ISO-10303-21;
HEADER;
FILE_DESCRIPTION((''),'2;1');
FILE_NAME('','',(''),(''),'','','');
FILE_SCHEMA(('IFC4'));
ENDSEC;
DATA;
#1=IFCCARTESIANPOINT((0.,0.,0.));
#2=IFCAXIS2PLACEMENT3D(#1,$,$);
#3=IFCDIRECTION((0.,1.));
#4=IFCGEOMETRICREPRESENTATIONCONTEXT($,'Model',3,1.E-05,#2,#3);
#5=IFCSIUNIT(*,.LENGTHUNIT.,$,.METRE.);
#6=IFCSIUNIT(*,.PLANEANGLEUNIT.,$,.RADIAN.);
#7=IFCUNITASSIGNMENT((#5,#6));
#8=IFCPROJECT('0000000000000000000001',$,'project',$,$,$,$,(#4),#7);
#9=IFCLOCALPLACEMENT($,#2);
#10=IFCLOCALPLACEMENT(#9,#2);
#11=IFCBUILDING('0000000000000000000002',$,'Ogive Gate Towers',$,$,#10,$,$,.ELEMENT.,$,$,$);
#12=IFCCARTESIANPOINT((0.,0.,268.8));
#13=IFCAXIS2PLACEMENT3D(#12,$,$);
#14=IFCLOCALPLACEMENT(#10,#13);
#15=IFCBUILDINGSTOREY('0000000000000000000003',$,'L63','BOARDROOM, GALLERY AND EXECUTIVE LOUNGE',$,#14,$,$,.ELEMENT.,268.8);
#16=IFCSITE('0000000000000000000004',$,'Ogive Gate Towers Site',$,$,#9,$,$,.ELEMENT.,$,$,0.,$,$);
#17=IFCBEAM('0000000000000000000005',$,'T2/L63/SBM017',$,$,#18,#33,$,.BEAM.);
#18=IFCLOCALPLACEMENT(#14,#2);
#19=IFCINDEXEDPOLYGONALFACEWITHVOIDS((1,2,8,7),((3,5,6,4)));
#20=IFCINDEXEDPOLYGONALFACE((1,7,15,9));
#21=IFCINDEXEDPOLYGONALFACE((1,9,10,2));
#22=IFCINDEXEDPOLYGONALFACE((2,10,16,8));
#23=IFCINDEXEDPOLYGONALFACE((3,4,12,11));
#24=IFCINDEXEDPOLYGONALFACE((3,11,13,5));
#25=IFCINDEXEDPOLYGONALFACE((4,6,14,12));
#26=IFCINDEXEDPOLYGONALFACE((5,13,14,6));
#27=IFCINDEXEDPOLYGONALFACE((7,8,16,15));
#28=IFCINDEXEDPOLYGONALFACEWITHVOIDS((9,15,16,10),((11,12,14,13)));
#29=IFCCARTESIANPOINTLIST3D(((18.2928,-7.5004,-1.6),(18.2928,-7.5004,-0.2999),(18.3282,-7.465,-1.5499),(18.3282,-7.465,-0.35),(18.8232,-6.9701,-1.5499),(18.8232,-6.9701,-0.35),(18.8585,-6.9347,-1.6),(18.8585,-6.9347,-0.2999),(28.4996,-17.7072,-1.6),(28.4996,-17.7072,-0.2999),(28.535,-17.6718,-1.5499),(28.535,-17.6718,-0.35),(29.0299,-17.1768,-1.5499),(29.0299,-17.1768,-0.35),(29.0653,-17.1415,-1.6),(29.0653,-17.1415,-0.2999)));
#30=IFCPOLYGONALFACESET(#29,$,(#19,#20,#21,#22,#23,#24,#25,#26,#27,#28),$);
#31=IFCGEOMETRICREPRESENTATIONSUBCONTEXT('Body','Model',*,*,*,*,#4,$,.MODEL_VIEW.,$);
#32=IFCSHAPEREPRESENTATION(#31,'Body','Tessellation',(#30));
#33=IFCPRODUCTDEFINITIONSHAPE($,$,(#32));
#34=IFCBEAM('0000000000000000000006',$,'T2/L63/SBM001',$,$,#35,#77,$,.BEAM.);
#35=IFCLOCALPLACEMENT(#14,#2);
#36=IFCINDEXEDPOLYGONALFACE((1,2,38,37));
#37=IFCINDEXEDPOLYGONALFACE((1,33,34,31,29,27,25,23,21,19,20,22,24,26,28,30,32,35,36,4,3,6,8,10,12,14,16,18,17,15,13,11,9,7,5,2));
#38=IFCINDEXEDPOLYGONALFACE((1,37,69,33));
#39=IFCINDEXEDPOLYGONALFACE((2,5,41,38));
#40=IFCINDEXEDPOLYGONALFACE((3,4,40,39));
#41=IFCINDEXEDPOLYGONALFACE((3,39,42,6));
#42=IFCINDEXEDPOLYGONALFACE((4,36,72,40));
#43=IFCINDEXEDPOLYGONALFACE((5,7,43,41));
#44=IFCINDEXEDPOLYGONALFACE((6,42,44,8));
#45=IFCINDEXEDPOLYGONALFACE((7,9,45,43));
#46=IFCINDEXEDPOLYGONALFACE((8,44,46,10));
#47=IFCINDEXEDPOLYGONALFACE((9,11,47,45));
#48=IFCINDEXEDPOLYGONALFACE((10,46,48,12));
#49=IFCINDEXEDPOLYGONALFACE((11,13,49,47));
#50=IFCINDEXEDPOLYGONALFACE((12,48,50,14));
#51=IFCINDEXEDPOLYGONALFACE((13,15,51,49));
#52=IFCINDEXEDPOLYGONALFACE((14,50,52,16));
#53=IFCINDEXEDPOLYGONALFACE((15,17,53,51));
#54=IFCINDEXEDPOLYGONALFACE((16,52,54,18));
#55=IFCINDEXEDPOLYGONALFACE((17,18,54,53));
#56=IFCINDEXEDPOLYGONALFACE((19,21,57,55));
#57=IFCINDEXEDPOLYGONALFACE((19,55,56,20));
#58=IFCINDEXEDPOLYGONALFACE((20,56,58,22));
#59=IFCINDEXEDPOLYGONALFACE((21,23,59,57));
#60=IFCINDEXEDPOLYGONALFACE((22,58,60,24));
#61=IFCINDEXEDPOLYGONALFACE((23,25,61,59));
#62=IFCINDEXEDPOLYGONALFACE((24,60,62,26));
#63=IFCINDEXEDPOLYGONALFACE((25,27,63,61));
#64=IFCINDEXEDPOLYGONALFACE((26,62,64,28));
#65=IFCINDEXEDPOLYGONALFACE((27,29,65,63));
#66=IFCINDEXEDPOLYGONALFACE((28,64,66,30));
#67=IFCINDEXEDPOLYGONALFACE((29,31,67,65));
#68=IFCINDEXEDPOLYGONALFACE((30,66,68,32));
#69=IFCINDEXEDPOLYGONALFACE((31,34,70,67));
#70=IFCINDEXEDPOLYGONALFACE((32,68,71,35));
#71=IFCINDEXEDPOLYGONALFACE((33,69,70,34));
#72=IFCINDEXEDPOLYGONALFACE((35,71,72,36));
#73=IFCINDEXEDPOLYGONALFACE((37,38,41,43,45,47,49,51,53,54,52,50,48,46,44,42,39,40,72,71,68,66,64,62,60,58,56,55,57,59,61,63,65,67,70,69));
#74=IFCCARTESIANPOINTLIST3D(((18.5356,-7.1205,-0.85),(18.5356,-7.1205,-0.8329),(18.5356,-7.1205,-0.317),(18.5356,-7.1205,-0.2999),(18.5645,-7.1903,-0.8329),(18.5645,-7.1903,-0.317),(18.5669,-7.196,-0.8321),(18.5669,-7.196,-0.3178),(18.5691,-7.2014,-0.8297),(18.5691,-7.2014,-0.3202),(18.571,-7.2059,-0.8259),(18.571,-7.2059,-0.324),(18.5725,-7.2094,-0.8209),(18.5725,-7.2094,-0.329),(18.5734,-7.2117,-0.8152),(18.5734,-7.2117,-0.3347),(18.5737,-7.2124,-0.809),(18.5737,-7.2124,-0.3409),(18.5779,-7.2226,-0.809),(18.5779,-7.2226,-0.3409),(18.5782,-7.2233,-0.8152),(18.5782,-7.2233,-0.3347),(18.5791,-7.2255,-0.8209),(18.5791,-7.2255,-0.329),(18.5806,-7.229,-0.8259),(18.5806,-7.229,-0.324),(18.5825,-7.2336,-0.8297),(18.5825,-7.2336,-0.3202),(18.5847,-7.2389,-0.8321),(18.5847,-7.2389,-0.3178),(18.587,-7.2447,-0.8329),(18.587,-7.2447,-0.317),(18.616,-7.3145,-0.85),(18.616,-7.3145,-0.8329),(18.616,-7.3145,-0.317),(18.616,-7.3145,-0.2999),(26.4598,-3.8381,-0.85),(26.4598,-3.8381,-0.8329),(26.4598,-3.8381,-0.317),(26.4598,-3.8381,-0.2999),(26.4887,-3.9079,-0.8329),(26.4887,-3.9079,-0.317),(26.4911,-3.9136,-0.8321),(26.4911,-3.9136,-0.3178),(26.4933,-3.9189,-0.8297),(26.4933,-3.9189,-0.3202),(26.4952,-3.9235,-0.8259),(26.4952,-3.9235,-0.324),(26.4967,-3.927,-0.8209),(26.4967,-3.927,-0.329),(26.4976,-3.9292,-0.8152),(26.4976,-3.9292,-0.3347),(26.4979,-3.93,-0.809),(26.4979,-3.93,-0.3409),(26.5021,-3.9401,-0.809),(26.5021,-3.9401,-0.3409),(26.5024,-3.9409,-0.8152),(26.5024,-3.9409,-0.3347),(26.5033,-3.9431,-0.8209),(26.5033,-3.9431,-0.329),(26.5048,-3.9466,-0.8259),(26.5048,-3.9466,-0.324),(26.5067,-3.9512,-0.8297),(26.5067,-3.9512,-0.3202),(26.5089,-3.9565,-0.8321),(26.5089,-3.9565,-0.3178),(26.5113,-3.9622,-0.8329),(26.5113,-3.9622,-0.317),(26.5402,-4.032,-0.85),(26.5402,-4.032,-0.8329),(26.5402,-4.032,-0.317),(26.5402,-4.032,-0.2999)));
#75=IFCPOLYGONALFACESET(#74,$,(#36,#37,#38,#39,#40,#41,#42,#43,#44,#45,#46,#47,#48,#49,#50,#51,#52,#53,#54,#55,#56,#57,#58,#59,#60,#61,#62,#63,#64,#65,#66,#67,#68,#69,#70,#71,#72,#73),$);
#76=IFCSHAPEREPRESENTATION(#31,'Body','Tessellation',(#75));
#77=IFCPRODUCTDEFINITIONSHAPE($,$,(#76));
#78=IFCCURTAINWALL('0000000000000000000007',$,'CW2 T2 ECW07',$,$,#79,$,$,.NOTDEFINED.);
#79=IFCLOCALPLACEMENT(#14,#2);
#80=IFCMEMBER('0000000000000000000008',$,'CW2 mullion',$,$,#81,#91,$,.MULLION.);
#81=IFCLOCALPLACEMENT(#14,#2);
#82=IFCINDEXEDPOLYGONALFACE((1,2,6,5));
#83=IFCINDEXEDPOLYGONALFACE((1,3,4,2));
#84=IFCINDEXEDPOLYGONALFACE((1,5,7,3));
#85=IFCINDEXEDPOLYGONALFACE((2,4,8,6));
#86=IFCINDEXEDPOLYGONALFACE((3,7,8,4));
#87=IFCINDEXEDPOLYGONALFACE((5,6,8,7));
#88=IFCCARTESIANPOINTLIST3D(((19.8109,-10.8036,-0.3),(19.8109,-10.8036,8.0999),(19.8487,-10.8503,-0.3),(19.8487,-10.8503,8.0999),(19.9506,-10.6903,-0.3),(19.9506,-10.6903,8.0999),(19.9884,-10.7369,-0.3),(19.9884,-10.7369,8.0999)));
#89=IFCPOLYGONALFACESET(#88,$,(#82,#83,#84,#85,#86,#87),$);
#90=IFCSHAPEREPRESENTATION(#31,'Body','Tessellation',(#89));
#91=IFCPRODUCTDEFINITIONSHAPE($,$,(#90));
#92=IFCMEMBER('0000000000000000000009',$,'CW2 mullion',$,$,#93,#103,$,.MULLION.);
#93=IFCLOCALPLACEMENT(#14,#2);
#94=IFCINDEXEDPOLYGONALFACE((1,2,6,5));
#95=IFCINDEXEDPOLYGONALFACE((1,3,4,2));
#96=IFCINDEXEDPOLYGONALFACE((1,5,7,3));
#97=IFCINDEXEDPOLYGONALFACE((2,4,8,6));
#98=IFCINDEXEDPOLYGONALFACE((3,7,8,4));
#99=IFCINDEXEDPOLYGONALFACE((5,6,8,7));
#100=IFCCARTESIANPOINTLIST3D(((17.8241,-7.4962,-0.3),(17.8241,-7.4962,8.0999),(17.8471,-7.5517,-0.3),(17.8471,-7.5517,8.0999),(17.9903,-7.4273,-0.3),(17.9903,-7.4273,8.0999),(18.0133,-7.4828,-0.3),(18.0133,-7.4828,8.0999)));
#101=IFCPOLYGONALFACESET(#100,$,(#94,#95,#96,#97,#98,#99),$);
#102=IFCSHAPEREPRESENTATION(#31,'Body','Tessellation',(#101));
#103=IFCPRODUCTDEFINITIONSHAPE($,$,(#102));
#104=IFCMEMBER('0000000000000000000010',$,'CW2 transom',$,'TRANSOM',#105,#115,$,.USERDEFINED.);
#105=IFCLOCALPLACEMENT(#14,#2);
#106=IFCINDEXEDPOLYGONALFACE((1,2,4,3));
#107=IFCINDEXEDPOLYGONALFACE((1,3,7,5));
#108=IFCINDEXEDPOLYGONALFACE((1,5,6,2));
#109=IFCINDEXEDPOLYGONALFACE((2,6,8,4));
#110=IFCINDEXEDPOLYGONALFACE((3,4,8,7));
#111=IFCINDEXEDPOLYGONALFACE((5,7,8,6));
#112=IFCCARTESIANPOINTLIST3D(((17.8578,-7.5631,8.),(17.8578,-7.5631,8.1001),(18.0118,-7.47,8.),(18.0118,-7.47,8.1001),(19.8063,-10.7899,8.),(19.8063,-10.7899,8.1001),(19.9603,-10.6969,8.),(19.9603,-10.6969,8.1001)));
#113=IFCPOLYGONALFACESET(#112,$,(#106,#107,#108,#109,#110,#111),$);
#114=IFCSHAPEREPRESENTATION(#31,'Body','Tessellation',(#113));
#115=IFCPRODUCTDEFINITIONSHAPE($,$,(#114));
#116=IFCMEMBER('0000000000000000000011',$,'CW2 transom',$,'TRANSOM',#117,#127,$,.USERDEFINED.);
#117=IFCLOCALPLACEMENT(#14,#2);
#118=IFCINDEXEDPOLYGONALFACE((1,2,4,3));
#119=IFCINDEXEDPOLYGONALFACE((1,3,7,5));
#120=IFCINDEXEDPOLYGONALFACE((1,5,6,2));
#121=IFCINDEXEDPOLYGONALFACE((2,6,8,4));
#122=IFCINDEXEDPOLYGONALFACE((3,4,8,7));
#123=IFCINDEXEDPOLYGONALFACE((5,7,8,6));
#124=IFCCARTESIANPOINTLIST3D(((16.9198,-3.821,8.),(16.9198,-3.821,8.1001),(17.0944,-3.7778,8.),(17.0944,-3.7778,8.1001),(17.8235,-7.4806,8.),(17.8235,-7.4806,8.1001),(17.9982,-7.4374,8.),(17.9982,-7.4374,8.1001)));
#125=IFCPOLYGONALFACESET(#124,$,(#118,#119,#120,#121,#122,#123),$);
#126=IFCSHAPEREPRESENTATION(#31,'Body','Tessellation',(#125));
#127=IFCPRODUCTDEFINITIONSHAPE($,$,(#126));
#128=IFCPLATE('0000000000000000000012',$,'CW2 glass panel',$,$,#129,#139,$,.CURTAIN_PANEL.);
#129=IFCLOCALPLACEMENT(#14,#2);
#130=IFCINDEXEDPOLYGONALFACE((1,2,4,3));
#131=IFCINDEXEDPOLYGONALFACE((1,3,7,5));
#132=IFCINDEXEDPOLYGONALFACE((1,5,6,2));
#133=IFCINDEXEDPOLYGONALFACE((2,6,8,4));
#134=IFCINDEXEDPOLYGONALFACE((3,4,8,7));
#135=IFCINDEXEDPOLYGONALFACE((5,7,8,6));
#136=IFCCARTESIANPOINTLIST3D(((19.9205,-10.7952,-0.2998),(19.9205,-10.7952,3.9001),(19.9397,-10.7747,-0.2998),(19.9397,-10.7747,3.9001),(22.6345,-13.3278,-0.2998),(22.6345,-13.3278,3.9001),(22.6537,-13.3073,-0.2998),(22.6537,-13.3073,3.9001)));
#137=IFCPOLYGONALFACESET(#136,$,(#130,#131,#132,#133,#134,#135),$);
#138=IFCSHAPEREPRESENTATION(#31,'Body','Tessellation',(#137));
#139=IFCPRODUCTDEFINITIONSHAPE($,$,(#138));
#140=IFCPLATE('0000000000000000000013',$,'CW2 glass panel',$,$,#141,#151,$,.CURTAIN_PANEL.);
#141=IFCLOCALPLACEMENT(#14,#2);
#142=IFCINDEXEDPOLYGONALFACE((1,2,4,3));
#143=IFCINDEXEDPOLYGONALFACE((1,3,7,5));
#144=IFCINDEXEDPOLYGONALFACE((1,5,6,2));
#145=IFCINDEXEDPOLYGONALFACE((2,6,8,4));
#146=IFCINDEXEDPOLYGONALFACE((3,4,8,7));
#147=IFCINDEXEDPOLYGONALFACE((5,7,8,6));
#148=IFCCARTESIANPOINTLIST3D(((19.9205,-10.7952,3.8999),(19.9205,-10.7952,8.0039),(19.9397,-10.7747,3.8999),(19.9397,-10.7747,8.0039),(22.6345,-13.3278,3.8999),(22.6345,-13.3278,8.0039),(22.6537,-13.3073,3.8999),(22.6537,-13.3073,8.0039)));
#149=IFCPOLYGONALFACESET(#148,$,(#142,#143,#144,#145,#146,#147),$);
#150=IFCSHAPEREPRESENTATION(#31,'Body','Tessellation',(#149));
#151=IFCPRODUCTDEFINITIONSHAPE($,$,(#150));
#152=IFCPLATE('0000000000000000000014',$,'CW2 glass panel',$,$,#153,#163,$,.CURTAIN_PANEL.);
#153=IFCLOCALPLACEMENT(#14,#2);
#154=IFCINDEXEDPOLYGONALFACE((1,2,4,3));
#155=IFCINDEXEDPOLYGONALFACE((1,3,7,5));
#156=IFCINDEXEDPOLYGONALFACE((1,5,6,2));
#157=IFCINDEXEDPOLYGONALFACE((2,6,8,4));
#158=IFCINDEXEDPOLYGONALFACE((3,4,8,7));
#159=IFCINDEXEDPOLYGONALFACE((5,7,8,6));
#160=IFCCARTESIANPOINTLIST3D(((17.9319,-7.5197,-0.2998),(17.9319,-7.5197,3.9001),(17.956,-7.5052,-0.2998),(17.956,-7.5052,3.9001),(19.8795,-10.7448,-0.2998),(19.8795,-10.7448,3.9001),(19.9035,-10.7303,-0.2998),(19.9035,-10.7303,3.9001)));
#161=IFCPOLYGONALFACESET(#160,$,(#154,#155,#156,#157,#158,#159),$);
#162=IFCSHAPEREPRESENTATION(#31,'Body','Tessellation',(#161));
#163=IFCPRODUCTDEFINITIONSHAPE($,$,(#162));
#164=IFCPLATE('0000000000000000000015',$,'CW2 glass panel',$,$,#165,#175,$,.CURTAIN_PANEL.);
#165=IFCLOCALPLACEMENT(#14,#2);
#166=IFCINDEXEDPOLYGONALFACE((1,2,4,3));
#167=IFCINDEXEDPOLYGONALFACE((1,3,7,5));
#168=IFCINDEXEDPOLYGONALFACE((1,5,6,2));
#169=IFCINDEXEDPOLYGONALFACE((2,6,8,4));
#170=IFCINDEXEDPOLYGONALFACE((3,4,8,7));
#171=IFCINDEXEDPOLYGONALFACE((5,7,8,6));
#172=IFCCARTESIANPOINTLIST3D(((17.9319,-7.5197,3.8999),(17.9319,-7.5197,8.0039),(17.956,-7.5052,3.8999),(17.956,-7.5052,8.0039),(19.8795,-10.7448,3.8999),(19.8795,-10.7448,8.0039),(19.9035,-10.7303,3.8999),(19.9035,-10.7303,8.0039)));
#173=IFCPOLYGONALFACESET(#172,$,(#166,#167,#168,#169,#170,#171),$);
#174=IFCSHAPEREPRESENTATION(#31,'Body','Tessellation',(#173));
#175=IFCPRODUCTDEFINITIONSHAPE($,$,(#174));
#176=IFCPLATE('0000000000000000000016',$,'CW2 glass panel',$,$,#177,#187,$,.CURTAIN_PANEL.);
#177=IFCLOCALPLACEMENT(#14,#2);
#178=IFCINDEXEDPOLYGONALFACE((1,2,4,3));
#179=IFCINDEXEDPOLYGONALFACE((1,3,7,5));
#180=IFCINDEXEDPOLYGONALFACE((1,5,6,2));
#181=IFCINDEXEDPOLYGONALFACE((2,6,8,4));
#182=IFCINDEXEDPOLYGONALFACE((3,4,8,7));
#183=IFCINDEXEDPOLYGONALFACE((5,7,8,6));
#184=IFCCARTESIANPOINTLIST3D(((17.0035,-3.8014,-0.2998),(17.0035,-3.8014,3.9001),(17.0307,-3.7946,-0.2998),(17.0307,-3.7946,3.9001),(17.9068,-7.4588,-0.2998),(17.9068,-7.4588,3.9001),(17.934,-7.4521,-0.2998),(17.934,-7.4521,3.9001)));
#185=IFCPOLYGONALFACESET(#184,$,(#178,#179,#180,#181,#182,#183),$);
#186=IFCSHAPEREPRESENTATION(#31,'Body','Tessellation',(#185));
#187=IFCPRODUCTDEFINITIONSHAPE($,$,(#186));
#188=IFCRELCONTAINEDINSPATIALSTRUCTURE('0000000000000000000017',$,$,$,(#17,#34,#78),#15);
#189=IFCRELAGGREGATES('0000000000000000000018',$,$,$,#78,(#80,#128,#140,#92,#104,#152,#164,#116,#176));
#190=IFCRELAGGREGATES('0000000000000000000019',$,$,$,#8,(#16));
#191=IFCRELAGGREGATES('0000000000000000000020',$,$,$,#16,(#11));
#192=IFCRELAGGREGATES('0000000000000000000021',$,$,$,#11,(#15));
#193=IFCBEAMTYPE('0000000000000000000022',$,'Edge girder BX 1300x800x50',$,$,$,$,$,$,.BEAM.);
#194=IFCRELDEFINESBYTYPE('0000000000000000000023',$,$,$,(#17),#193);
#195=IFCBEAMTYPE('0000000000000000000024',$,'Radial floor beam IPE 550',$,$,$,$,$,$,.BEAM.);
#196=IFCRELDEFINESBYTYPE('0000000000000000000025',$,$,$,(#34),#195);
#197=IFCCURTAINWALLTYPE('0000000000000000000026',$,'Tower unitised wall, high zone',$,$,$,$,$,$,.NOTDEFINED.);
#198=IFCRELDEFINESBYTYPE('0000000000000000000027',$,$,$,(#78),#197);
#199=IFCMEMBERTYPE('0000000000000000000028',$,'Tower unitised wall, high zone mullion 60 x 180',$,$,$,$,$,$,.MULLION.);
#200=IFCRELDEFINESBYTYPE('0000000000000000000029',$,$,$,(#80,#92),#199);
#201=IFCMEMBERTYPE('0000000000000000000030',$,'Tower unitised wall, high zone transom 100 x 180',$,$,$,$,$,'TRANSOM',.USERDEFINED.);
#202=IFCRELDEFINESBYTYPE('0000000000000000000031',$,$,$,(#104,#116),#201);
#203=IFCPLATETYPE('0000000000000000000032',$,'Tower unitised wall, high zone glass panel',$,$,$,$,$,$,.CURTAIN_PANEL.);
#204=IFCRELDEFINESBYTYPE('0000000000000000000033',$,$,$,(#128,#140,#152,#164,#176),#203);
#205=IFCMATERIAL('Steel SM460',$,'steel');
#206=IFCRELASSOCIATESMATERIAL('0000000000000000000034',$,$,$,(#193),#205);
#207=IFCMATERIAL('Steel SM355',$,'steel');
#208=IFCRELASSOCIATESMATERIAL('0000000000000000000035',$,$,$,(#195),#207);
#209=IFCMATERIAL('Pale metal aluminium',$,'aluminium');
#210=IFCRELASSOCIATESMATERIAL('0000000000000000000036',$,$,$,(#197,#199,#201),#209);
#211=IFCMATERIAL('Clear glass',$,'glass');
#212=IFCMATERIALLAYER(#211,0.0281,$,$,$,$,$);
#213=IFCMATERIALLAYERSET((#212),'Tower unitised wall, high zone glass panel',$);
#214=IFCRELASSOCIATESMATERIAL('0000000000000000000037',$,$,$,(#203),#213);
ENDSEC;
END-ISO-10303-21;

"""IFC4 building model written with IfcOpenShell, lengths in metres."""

from ifc_helpers import new_model, si_unit, direction, frame, origin, origin_2d, place, context, subcontext, project, spatial, rectangle, hollow_rectangle, i_section, extrude, material, layer, layer_set, material_profile, profile_set, type_object, element, aggregate, save


model = new_model("IFC4")

# Units and contexts
model_context = context("Model", 3, precision=1e-05, world=origin(), true_north=direction((0.0, 1.0)))
body_context = subcontext(model_context, "Body", "Model", "MODEL_VIEW")
ifc_project = project(units=[si_unit("LENGTHUNIT", "METRE"), si_unit("PLANEANGLEUNIT", "RADIAN")], contexts=[model_context])

# Site, building, storey
site_placement = place(None, origin())
site = spatial("IfcSite", under=ifc_project, at=site_placement, Name="Ogive Gate Towers Site", CompositionType="ELEMENT", RefElevation=0.0)
building_placement = place(site_placement, origin())
building = spatial("IfcBuilding", under=site, at=building_placement, Name="Ogive Gate Towers", CompositionType="ELEMENT")
storey_placement = place(building_placement, frame((0.0, 0.0, 268.8)))
storey = spatial("IfcBuildingStorey", under=building, at=storey_placement, Name="L63", Description="BOARDROOM, GALLERY AND EXECUTIVE LOUNGE", CompositionType="ELEMENT", Elevation=268.8)

# Beams
ifc_material_1 = material(Name="Steel SM460", Category="steel")
ifc_material_profile_1 = material_profile(ifc_material_1, hollow_rectangle(XDim=0.8, YDim=1.3, WallThickness=0.05, at=origin_2d()), Name="BX 1300x800x50")
ifc_profile_set_1 = profile_set([ifc_material_profile_1], Name="Steel SM460")
beam_type_1 = type_object("IfcBeamType", Name="Edge girder BX 1300x800x50", PredefinedType="BEAM", material=ifc_profile_set_1)
beam_1_placement = place(storey_placement, frame((18.5757, -7.2175, -0.95), z_axis=(0.707107, -0.707107, 0.0), x_axis=(0.707107, 0.707107, 0.0)))
element("IfcBeam", 1, at=beam_1_placement, inside=storey, type_object=beam_type_1, Name="T2/L63/SBM017", PredefinedType="BEAM", context=body_context, shape_type="SweptSolid", body=[
    extrude(hollow_rectangle(XDim=0.8, YDim=1.3, WallThickness=0.05, at=origin_2d()), origin(), (0.0, 0.0, 1.0), 14.4346),
])
ifc_material_2 = material(Name="Steel SM355", Category="steel")
ifc_material_profile_2 = material_profile(ifc_material_2, i_section(OverallWidth=0.21, OverallDepth=0.55, WebThickness=0.011, FlangeThickness=0.0171, FilletRadius=0.0239, at=origin_2d()), Name="IPE 550")
ifc_profile_set_2 = profile_set([ifc_material_profile_2], Name="Steel SM355")
beam_type_2 = type_object("IfcBeamType", Name="Radial floor beam IPE 550", PredefinedType="BEAM", material=ifc_profile_set_2)
beam_2_placement = place(storey_placement, frame((26.5, -3.9351, -0.575), z_axis=(-0.923875, -0.382695, 0.0), x_axis=(0.382695, -0.923875, 0.0)))
element("IfcBeam", 2, at=beam_2_placement, inside=storey, type_object=beam_type_2, Name="T2/L63/SBM001", PredefinedType="BEAM", context=body_context, shape_type="SweptSolid", body=[
    extrude(i_section(OverallWidth=0.21, OverallDepth=0.55, WebThickness=0.011, FlangeThickness=0.0171, FilletRadius=0.0239, at=origin_2d()), origin(), (0.0, 0.0, 1.0), 8.5771),
])

# Curtain wall, members, plates
ifc_material_3 = material(Name="Pale metal aluminium", Category="aluminium")
curtain_wall_type = type_object("IfcCurtainWallType", Name="Tower unitised wall, high zone", PredefinedType="NOTDEFINED", material=ifc_material_3)
curtain_wall_placement = place(storey_placement, origin())
curtain_wall = element("IfcCurtainWall", 3, at=curtain_wall_placement, inside=storey, type_object=curtain_wall_type, Name="CW2 T2 ECW07", PredefinedType="NOTDEFINED")
ifc_material_profile_3 = material_profile(ifc_material_3, rectangle(XDim=0.1799, YDim=0.0601, at=origin_2d()), Name="60 x 180 aluminium box")
ifc_profile_set_3 = profile_set([ifc_material_profile_3], Name="Pale metal aluminium")
member_type_1 = type_object("IfcMemberType", Name="Tower unitised wall, high zone mullion 60 x 180", PredefinedType="MULLION", material=ifc_profile_set_3)
member_1_placement = place(storey_placement, frame((19.8997, -10.7703, -0.3), z_axis=(0.0, 0.0, 1.0), x_axis=(0.776563, 0.630039, 0.0)))
member_1 = element("IfcMember", 4, at=member_1_placement, type_object=member_type_1, Name="CW2 mullion", PredefinedType="MULLION", context=body_context, shape_type="SweptSolid", body=[
    extrude(rectangle(XDim=0.1799, YDim=0.0601, at=origin_2d()), origin(), (0.0, 0.0, 1.0), 8.3999),
])
member_2_placement = place(storey_placement, frame((17.9187, -7.4895, -0.3), z_axis=(0.0, 0.0, 1.0), x_axis=(0.92388, 0.382683, 0.0)))
member_2 = element("IfcMember", 5, at=member_2_placement, type_object=member_type_1, Name="CW2 mullion", PredefinedType="MULLION", context=body_context, shape_type="SweptSolid", body=[
    extrude(rectangle(XDim=0.1799, YDim=0.0601, at=origin_2d()), origin(), (0.0, 0.0, 1.0), 8.3999),
])
ifc_material_profile_4 = material_profile(ifc_material_3, rectangle(XDim=0.1799, YDim=0.1001, at=origin_2d()), Name="100 x 180 aluminium box")
ifc_profile_set_4 = profile_set([ifc_material_profile_4], Name="Pale metal aluminium")
member_type_2 = type_object("IfcMemberType", Name="Tower unitised wall, high zone transom 100 x 180", ElementType="TRANSOM", PredefinedType="USERDEFINED", material=ifc_profile_set_4)
member_3_placement = place(storey_placement, frame((19.8833, -10.7434, 8.05), z_axis=(-0.516913, 0.856038, 0.0), x_axis=(-0.856038, -0.516913, 0.0)))
member_3 = element("IfcMember", 6, at=member_3_placement, type_object=member_type_2, Name="CW2 transom", ObjectType="TRANSOM", PredefinedType="USERDEFINED", context=body_context, shape_type="SweptSolid", body=[
    extrude(rectangle(XDim=0.1799, YDim=0.1001, at=origin_2d()), origin(), (0.0, 0.0, 1.0), 3.7695),
])
member_4_placement = place(storey_placement, frame((17.9109, -7.459, 8.05), z_axis=(-0.239761, 0.970832, 0.0), x_axis=(-0.970832, -0.239761, 0.0)))
member_4 = element("IfcMember", 7, at=member_4_placement, type_object=member_type_2, Name="CW2 transom", ObjectType="TRANSOM", PredefinedType="USERDEFINED", context=body_context, shape_type="SweptSolid", body=[
    extrude(rectangle(XDim=0.1799, YDim=0.1001, at=origin_2d()), origin(), (0.0, 0.0, 1.0), 3.7695),
])
ifc_material_4 = material(Name="Clear glass", Category="glass")
ifc_layer_1 = layer(ifc_material_4, 0.0281)
ifc_layer_set_1 = layer_set([ifc_layer_1], Name="Tower unitised wall, high zone glass panel")
plate_type = type_object("IfcPlateType", Name="Tower unitised wall, high zone glass panel", PredefinedType="CURTAIN_PANEL", material=ifc_layer_set_1)
plate_1_placement = place(storey_placement, frame((21.2871, -12.0513, -0.2998), z_axis=(0.0, 0.0, 1.0), x_axis=(-0.731116, 0.682254, 0.0)))
plate_1 = element("IfcPlate", 8, at=plate_1_placement, type_object=plate_type, Name="CW2 glass panel", PredefinedType="CURTAIN_PANEL", context=body_context, shape_type="SweptSolid", body=[
    extrude(rectangle(XDim=3.7122, YDim=0.0281, at=origin_2d()), origin(), (0.0, 0.0, 1.0), 4.2),
])
plate_2_placement = place(storey_placement, frame((21.2871, -12.0513, 3.8999), z_axis=(0.0, 0.0, 1.0), x_axis=(-0.731116, 0.682254, 0.0)))
plate_2 = element("IfcPlate", 9, at=plate_2_placement, type_object=plate_type, Name="CW2 glass panel", PredefinedType="CURTAIN_PANEL", context=body_context, shape_type="SweptSolid", body=[
    extrude(rectangle(XDim=3.7122, YDim=0.0281, at=origin_2d()), origin(), (0.0, 0.0, 1.0), 4.104),
])
plate_3_placement = place(storey_placement, frame((18.9177, -9.125, -0.2998), z_axis=(0.0, 0.0, 1.0), x_axis=(-0.516922, 0.856033, 0.0)))
plate_3 = element("IfcPlate", 10, at=plate_3_placement, type_object=plate_type, Name="CW2 glass panel", PredefinedType="CURTAIN_PANEL", context=body_context, shape_type="SweptSolid", body=[
    extrude(rectangle(XDim=3.7676, YDim=0.0281, at=origin_2d()), origin(), (0.0, 0.0, 1.0), 4.2),
])
plate_4_placement = place(storey_placement, frame((18.9177, -9.125, 3.8999), z_axis=(0.0, 0.0, 1.0), x_axis=(-0.516922, 0.856033, 0.0)))
plate_4 = element("IfcPlate", 11, at=plate_4_placement, type_object=plate_type, Name="CW2 glass panel", PredefinedType="CURTAIN_PANEL", context=body_context, shape_type="SweptSolid", body=[
    extrude(rectangle(XDim=3.7676, YDim=0.0281, at=origin_2d()), origin(), (0.0, 0.0, 1.0), 4.104),
])
plate_5_placement = place(storey_placement, frame((17.4688, -5.6267, -0.2998), z_axis=(0.0, 0.0, 1.0), x_axis=(-0.239771, 0.97083, 0.0)))
plate_5 = element("IfcPlate", 12, at=plate_5_placement, type_object=plate_type, Name="CW2 glass panel", PredefinedType="CURTAIN_PANEL", context=body_context, shape_type="SweptSolid", body=[
    extrude(rectangle(XDim=3.7673, YDim=0.0281, at=origin_2d()), origin(), (0.0, 0.0, 1.0), 4.2),
])
aggregate(curtain_wall, [member_1, plate_1, plate_2, member_2, member_3, plate_3, plate_4, member_4, plate_5])

save(model, "model.ifc")
